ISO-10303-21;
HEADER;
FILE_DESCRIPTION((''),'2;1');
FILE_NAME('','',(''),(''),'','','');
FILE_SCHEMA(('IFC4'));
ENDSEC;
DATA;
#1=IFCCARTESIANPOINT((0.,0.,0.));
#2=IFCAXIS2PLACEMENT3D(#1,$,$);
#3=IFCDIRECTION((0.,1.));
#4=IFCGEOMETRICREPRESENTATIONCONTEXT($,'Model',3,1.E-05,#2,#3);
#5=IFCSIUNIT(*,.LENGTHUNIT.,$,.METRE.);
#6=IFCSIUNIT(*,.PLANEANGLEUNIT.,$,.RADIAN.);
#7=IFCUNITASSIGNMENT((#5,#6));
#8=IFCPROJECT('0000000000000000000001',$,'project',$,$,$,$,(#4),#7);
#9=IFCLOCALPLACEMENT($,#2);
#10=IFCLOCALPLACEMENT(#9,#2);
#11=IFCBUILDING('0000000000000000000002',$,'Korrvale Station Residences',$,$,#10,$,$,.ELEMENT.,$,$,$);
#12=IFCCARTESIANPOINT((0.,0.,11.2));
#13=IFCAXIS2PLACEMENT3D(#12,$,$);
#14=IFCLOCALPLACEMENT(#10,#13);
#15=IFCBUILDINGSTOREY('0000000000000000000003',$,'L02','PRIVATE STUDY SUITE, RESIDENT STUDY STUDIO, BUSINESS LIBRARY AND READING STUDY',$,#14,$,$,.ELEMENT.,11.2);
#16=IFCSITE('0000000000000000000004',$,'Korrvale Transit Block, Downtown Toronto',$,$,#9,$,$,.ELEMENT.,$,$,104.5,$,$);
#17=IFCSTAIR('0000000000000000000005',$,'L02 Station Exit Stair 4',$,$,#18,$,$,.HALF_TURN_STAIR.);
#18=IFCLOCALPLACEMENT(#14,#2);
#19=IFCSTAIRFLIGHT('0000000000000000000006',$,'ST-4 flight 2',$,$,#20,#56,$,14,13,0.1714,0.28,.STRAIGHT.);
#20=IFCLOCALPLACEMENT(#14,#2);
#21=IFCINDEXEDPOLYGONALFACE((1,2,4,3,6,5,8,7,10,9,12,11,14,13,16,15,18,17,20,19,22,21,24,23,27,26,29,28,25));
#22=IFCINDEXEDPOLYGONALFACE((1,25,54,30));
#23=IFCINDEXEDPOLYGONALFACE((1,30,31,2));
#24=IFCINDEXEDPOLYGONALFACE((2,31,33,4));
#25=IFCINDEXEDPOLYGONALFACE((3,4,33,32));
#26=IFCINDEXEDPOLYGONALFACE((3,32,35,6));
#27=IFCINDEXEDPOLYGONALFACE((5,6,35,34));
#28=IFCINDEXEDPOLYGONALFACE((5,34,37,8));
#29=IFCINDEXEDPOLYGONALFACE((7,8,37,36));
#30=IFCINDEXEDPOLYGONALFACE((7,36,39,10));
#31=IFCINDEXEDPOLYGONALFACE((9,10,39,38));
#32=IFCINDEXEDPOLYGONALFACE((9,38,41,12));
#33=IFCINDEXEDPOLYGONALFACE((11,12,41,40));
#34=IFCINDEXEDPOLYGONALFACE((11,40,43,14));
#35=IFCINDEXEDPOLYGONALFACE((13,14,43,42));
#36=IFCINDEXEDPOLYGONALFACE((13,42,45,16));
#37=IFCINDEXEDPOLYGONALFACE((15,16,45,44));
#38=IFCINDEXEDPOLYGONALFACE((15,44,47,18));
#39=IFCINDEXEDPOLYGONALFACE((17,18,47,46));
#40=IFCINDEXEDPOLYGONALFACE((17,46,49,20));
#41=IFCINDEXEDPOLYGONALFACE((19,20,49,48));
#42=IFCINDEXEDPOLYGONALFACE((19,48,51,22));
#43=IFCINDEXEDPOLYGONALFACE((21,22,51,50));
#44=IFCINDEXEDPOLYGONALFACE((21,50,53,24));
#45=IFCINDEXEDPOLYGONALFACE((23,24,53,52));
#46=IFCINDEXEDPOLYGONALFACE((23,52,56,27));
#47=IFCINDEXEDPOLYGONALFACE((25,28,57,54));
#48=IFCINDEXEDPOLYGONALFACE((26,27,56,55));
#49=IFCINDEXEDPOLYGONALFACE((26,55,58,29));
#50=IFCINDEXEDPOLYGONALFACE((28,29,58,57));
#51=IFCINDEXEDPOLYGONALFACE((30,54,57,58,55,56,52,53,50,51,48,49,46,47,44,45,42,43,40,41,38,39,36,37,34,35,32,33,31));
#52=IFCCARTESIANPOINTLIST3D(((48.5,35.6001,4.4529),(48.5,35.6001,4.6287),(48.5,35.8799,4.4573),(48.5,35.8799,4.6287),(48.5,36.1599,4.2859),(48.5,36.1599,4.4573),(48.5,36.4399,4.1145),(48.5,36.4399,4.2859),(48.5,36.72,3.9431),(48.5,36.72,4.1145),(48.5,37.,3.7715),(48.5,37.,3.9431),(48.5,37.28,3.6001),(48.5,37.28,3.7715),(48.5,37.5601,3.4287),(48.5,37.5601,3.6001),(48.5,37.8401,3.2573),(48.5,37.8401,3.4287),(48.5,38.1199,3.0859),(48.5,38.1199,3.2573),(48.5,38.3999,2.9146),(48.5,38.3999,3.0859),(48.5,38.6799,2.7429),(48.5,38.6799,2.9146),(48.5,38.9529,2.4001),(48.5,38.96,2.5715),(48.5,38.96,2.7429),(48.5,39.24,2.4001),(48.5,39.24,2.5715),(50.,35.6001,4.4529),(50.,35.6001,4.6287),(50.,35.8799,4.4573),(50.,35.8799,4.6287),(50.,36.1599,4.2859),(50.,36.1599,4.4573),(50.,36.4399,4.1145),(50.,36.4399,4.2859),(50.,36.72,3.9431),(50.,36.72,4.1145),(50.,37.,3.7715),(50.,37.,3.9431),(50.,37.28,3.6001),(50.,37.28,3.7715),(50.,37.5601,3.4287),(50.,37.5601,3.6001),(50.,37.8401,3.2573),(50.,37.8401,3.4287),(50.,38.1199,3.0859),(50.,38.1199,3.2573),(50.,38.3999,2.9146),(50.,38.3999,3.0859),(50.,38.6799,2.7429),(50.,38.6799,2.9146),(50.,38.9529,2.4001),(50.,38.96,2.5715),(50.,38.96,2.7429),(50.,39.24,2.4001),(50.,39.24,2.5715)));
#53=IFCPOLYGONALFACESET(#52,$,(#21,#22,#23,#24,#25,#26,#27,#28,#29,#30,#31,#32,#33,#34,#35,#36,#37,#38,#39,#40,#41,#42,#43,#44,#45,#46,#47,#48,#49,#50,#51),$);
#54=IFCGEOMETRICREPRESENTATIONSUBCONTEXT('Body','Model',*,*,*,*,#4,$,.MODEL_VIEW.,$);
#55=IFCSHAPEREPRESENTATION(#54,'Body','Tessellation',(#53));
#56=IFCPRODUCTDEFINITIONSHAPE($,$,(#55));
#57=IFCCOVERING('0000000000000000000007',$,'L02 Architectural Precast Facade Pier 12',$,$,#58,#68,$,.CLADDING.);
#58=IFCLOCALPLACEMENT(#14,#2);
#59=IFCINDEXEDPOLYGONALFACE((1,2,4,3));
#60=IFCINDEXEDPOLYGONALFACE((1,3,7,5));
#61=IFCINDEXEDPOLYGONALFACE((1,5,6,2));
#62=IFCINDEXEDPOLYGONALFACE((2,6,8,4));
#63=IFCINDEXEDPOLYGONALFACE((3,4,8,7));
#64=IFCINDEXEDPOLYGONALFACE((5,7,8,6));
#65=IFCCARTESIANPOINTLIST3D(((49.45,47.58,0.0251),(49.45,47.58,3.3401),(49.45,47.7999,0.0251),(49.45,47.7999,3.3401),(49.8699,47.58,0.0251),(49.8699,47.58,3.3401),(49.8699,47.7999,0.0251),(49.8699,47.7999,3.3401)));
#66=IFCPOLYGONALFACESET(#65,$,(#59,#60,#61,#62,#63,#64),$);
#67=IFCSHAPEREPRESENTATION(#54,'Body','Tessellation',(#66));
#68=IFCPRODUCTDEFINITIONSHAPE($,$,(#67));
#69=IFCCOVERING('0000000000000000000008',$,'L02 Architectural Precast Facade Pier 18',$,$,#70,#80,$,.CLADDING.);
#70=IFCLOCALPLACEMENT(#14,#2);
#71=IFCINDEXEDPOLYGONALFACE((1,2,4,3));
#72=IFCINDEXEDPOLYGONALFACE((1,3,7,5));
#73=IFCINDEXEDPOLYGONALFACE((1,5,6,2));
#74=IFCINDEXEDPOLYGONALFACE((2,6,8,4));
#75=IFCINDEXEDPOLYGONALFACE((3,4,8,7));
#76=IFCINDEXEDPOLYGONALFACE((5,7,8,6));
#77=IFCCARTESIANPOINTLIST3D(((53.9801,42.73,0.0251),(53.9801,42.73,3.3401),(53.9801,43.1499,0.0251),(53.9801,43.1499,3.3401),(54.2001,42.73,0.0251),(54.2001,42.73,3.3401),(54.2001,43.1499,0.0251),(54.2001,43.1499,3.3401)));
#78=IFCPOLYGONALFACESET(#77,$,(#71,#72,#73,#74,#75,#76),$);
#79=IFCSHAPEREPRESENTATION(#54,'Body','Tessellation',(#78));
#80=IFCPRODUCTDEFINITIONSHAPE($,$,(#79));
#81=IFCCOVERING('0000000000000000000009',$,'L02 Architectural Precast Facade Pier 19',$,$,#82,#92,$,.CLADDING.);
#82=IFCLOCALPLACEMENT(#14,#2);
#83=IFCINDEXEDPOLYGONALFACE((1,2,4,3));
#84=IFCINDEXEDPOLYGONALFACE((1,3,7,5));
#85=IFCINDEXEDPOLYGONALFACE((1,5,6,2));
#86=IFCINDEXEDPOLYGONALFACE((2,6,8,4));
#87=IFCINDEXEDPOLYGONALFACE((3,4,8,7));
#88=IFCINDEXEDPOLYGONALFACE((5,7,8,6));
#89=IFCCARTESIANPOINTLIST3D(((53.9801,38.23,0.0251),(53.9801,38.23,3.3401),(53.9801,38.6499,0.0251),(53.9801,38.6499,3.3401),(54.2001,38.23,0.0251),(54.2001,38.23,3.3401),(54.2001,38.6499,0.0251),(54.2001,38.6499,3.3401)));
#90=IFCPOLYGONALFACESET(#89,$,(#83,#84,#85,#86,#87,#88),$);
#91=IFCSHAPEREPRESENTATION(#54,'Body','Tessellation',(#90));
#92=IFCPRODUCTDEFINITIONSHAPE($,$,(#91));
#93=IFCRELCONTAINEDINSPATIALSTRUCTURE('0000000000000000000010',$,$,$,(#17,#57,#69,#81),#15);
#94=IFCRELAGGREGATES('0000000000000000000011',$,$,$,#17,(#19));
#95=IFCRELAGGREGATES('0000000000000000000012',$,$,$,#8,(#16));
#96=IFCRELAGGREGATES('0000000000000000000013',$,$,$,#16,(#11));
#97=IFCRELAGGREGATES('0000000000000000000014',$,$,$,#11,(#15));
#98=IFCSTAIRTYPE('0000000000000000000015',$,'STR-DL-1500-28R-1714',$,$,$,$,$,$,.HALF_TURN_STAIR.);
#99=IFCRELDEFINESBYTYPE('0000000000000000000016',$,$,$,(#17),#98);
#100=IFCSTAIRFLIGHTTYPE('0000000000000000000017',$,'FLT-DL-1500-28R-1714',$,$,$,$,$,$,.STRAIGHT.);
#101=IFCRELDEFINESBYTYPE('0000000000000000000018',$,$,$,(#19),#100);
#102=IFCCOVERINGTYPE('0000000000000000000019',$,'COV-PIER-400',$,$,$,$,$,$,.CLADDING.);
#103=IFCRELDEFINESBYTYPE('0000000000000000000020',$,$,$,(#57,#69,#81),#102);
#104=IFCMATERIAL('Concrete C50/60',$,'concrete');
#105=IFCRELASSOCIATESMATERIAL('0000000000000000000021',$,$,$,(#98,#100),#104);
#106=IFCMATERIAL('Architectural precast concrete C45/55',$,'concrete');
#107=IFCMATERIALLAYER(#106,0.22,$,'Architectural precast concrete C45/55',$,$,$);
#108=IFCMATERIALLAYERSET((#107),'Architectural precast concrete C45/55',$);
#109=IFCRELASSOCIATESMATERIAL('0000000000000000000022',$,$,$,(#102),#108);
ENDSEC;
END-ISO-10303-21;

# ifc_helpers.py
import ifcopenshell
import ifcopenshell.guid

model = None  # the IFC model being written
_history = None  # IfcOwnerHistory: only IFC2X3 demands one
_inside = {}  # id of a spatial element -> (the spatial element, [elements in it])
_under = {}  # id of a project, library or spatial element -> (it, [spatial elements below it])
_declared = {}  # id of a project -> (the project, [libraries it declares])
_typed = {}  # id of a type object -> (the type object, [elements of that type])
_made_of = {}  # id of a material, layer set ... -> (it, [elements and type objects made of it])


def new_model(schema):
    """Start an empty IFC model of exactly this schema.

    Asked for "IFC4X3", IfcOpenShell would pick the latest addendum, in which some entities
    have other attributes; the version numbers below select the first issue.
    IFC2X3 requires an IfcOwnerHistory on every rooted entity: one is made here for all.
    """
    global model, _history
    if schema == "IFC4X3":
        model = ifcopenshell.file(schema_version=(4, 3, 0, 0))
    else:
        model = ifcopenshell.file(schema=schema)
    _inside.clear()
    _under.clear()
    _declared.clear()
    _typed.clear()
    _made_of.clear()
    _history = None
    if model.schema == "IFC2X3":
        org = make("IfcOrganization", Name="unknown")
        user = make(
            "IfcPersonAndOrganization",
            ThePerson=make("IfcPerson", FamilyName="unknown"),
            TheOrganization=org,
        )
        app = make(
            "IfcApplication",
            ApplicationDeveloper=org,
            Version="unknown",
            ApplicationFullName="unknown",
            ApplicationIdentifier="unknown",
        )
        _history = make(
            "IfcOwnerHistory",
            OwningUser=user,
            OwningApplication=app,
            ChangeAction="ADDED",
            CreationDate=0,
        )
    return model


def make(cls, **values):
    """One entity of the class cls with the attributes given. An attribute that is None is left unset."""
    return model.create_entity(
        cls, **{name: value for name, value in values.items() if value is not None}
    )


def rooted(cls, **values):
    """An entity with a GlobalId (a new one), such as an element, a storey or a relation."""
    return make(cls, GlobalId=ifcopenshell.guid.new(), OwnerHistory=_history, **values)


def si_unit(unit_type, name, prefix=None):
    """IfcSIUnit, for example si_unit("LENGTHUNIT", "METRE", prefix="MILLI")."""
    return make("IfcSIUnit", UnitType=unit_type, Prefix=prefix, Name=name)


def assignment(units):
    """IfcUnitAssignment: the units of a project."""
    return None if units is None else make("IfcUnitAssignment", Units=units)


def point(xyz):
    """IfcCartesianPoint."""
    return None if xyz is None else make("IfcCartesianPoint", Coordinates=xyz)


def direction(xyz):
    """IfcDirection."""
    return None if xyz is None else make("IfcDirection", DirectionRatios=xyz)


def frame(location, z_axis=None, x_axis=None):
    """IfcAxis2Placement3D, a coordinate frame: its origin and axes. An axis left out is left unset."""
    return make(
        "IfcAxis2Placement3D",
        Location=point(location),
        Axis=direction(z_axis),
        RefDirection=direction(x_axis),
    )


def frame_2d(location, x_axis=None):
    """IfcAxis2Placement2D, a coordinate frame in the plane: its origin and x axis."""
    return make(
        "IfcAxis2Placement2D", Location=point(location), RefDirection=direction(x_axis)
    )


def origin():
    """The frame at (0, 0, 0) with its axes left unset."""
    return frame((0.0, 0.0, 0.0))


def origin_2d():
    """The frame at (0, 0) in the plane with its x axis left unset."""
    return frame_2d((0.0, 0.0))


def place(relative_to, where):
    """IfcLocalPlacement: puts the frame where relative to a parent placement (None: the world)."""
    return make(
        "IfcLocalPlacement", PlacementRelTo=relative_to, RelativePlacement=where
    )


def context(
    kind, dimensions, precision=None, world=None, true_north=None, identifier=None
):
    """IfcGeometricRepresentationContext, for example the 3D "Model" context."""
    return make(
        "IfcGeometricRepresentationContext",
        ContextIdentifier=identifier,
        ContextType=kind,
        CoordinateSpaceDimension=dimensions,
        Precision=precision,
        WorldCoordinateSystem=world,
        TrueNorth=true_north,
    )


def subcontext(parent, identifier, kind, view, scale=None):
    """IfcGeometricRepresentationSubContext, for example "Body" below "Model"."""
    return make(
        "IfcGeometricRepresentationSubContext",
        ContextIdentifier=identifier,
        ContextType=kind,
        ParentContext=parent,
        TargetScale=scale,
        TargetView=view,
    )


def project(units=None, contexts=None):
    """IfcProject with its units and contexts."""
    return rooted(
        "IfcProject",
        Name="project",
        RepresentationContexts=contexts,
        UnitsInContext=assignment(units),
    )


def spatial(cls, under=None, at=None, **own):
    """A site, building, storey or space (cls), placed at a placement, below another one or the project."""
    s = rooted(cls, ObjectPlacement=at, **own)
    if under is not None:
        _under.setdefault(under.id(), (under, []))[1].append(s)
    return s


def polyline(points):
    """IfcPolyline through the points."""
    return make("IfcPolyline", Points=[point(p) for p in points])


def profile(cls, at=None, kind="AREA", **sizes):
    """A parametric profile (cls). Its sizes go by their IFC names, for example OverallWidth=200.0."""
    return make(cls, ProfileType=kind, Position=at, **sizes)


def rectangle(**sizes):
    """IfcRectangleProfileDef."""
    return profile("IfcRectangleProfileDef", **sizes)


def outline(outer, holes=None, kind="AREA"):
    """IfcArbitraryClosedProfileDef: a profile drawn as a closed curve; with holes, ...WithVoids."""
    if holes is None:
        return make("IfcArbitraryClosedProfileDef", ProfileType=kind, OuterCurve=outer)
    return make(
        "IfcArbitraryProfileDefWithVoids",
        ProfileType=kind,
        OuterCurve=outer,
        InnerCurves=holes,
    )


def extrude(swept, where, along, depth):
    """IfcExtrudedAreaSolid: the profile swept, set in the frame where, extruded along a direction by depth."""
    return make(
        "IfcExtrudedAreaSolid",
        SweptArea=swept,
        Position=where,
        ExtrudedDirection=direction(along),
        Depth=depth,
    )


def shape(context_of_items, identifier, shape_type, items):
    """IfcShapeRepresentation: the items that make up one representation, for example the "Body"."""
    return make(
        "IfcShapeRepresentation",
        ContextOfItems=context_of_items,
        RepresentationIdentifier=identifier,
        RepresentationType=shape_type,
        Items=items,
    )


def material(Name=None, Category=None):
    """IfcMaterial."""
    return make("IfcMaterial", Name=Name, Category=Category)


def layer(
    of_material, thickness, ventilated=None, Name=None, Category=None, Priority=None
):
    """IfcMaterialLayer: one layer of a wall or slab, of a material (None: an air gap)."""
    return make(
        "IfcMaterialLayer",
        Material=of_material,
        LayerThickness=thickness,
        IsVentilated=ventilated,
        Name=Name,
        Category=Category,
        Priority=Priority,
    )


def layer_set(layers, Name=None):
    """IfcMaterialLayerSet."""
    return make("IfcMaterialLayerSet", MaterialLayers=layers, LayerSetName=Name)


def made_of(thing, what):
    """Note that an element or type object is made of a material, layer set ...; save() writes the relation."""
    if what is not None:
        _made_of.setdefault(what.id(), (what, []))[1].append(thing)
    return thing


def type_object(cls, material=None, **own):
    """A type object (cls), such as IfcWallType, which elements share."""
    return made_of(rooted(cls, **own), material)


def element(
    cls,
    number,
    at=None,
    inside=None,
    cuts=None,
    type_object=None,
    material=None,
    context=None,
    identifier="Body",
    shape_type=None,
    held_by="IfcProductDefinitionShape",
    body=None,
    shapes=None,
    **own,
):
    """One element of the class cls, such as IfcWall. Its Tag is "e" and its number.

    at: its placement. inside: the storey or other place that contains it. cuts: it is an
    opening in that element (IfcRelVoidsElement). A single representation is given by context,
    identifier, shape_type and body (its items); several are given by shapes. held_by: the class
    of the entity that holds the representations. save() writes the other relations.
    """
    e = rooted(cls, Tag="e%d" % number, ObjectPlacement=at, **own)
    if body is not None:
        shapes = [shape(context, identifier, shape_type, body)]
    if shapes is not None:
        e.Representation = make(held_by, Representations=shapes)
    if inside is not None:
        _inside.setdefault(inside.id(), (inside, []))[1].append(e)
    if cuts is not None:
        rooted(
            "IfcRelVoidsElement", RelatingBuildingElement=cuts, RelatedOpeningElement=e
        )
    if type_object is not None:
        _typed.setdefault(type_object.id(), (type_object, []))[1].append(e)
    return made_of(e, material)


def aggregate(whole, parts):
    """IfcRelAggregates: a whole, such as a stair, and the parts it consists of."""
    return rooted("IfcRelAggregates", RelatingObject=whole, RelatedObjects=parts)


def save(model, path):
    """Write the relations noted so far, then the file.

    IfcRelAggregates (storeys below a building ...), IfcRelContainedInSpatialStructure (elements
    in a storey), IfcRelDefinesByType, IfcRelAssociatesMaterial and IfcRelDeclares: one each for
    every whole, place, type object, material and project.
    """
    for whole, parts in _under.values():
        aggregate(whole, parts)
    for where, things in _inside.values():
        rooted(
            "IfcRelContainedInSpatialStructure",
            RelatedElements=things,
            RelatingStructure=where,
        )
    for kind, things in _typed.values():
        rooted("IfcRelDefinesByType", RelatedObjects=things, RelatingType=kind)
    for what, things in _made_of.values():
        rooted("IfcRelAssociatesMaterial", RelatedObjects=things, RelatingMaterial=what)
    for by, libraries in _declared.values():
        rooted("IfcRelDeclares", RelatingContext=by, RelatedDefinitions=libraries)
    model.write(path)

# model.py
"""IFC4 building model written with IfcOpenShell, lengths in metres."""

from ifc_helpers import new_model, si_unit, direction, frame, origin, origin_2d, place, context, subcontext, project, spatial, polyline, rectangle, outline, extrude, material, layer, layer_set, type_object, element, aggregate, save


model = new_model("IFC4")

# Units and contexts
model_context = context("Model", 3, precision=1e-05, world=origin(), true_north=direction((0.0, 1.0)))
body_context = subcontext(model_context, "Body", "Model", "MODEL_VIEW")
ifc_project = project(units=[si_unit("LENGTHUNIT", "METRE"), si_unit("PLANEANGLEUNIT", "RADIAN")], contexts=[model_context])

# Site, building, storey
site_placement = place(None, origin())
site = spatial("IfcSite", under=ifc_project, at=site_placement, Name="Korrvale Transit Block, Downtown Toronto", CompositionType="ELEMENT", RefElevation=104.5)
building_placement = place(site_placement, origin())
building = spatial("IfcBuilding", under=site, at=building_placement, Name="Korrvale Station Residences", CompositionType="ELEMENT")
storey_placement = place(building_placement, frame((0.0, 0.0, 11.2)))
storey = spatial("IfcBuildingStorey", under=building, at=storey_placement, Name="L02", Description="PRIVATE STUDY SUITE, RESIDENT STUDY STUDIO, BUSINESS LIBRARY AND READING STUDY", CompositionType="ELEMENT", Elevation=11.2)

# Stair, stair flight
ifc_material_1 = material(Name="Concrete C50/60", Category="concrete")
stair_type = type_object("IfcStairType", Name="STR-DL-1500-28R-1714", PredefinedType="HALF_TURN_STAIR", material=ifc_material_1)
stair_placement = place(storey_placement, origin())
stair = element("IfcStair", 1, at=stair_placement, inside=storey, type_object=stair_type, Name="L02 Station Exit Stair 4", PredefinedType="HALF_TURN_STAIR")
stair_flight_type = type_object("IfcStairFlightType", Name="FLT-DL-1500-28R-1714", PredefinedType="STRAIGHT", material=ifc_material_1)
stair_flight_1_placement = place(storey_placement, frame((49.25, 39.24, 2.4001), z_axis=(0.0, 0.0, 1.0), x_axis=(0.0, -1.0, 0.0)))
stair_flight_1 = element("IfcStairFlight", 2, at=stair_flight_1_placement, type_object=stair_flight_type, Name="ST-4 flight 2", NumberOfRisers=14, NumberOfTreads=13, PredefinedType="STRAIGHT", RiserHeight=0.1714, TreadLength=0.28, context=body_context, shape_type="SweptSolid", body=[
    extrude(outline(polyline([(0.0, 0.0), (0.0, 0.1714), (0.28, 0.1714), (0.28, 0.3428), (0.5601, 0.3428), (0.5601, 0.5144), (0.8401, 0.5144), (0.8401, 0.6858), (1.1201, 0.6858), (1.1201, 0.8572), (1.3999, 0.8572), (1.3999, 1.0286), (1.6799, 1.0286), (1.6799, 1.2), (1.96, 1.2), (1.96, 1.3713), (2.24, 1.3713), (2.24, 1.543), (2.52, 1.543), (2.52, 1.7144), (2.8, 1.7144), (2.8, 1.8857), (3.0801, 1.8857), (3.0801, 2.0571), (3.3601, 2.0571), (3.3601, 2.2285), (3.6399, 2.2285), (3.6399, 2.3999), (3.6399, 2.0527), (0.2871, 0.0), (0.0, 0.0)])), frame((0.0, 0.75, 0.0), z_axis=(0.0, -1.0, 0.0), x_axis=(1.0, 0.0, 0.0)), (0.0, 0.0, 1.0), 1.5),
])
aggregate(stair, [stair_flight_1])

# Coverings
ifc_material_2 = material(Name="Architectural precast concrete C45/55", Category="concrete")
ifc_layer_1 = layer(ifc_material_2, 0.22, Name="Architectural precast concrete C45/55")
ifc_layer_set_1 = layer_set([ifc_layer_1], Name="Architectural precast concrete C45/55")
covering_type = type_object("IfcCoveringType", Name="COV-PIER-400", PredefinedType="CLADDING", material=ifc_layer_set_1)
for number, where, z_axis, x_axis, name in (
    (3, (49.6599, 47.6899, 0.0251), (0.0, 0.0, 1.0), (1.0, 0.0, 0.0), "L02 Architectural Precast Facade Pier 12"),
    (4, (54.0901, 42.9399, 0.0251), (0.0, 0.0, 1.0), (0.0, 1.0, 0.0), "L02 Architectural Precast Facade Pier 18"),
    (5, (54.0901, 38.4399, 0.0251), (0.0, 0.0, 1.0), (0.0, 1.0, 0.0), "L02 Architectural Precast Facade Pier 19"),
):
    element("IfcCovering", number, at=place(storey_placement, frame(where, z_axis=z_axis, x_axis=x_axis)), inside=storey, type_object=covering_type, Name=name, PredefinedType="CLADDING", context=body_context, shape_type="SweptSolid", body=[
        extrude(rectangle(XDim=0.4199, YDim=0.22, at=origin_2d()), origin(), (0.0, 0.0, 1.0), 3.3149),
    ])

save(model, "model.ifc")
